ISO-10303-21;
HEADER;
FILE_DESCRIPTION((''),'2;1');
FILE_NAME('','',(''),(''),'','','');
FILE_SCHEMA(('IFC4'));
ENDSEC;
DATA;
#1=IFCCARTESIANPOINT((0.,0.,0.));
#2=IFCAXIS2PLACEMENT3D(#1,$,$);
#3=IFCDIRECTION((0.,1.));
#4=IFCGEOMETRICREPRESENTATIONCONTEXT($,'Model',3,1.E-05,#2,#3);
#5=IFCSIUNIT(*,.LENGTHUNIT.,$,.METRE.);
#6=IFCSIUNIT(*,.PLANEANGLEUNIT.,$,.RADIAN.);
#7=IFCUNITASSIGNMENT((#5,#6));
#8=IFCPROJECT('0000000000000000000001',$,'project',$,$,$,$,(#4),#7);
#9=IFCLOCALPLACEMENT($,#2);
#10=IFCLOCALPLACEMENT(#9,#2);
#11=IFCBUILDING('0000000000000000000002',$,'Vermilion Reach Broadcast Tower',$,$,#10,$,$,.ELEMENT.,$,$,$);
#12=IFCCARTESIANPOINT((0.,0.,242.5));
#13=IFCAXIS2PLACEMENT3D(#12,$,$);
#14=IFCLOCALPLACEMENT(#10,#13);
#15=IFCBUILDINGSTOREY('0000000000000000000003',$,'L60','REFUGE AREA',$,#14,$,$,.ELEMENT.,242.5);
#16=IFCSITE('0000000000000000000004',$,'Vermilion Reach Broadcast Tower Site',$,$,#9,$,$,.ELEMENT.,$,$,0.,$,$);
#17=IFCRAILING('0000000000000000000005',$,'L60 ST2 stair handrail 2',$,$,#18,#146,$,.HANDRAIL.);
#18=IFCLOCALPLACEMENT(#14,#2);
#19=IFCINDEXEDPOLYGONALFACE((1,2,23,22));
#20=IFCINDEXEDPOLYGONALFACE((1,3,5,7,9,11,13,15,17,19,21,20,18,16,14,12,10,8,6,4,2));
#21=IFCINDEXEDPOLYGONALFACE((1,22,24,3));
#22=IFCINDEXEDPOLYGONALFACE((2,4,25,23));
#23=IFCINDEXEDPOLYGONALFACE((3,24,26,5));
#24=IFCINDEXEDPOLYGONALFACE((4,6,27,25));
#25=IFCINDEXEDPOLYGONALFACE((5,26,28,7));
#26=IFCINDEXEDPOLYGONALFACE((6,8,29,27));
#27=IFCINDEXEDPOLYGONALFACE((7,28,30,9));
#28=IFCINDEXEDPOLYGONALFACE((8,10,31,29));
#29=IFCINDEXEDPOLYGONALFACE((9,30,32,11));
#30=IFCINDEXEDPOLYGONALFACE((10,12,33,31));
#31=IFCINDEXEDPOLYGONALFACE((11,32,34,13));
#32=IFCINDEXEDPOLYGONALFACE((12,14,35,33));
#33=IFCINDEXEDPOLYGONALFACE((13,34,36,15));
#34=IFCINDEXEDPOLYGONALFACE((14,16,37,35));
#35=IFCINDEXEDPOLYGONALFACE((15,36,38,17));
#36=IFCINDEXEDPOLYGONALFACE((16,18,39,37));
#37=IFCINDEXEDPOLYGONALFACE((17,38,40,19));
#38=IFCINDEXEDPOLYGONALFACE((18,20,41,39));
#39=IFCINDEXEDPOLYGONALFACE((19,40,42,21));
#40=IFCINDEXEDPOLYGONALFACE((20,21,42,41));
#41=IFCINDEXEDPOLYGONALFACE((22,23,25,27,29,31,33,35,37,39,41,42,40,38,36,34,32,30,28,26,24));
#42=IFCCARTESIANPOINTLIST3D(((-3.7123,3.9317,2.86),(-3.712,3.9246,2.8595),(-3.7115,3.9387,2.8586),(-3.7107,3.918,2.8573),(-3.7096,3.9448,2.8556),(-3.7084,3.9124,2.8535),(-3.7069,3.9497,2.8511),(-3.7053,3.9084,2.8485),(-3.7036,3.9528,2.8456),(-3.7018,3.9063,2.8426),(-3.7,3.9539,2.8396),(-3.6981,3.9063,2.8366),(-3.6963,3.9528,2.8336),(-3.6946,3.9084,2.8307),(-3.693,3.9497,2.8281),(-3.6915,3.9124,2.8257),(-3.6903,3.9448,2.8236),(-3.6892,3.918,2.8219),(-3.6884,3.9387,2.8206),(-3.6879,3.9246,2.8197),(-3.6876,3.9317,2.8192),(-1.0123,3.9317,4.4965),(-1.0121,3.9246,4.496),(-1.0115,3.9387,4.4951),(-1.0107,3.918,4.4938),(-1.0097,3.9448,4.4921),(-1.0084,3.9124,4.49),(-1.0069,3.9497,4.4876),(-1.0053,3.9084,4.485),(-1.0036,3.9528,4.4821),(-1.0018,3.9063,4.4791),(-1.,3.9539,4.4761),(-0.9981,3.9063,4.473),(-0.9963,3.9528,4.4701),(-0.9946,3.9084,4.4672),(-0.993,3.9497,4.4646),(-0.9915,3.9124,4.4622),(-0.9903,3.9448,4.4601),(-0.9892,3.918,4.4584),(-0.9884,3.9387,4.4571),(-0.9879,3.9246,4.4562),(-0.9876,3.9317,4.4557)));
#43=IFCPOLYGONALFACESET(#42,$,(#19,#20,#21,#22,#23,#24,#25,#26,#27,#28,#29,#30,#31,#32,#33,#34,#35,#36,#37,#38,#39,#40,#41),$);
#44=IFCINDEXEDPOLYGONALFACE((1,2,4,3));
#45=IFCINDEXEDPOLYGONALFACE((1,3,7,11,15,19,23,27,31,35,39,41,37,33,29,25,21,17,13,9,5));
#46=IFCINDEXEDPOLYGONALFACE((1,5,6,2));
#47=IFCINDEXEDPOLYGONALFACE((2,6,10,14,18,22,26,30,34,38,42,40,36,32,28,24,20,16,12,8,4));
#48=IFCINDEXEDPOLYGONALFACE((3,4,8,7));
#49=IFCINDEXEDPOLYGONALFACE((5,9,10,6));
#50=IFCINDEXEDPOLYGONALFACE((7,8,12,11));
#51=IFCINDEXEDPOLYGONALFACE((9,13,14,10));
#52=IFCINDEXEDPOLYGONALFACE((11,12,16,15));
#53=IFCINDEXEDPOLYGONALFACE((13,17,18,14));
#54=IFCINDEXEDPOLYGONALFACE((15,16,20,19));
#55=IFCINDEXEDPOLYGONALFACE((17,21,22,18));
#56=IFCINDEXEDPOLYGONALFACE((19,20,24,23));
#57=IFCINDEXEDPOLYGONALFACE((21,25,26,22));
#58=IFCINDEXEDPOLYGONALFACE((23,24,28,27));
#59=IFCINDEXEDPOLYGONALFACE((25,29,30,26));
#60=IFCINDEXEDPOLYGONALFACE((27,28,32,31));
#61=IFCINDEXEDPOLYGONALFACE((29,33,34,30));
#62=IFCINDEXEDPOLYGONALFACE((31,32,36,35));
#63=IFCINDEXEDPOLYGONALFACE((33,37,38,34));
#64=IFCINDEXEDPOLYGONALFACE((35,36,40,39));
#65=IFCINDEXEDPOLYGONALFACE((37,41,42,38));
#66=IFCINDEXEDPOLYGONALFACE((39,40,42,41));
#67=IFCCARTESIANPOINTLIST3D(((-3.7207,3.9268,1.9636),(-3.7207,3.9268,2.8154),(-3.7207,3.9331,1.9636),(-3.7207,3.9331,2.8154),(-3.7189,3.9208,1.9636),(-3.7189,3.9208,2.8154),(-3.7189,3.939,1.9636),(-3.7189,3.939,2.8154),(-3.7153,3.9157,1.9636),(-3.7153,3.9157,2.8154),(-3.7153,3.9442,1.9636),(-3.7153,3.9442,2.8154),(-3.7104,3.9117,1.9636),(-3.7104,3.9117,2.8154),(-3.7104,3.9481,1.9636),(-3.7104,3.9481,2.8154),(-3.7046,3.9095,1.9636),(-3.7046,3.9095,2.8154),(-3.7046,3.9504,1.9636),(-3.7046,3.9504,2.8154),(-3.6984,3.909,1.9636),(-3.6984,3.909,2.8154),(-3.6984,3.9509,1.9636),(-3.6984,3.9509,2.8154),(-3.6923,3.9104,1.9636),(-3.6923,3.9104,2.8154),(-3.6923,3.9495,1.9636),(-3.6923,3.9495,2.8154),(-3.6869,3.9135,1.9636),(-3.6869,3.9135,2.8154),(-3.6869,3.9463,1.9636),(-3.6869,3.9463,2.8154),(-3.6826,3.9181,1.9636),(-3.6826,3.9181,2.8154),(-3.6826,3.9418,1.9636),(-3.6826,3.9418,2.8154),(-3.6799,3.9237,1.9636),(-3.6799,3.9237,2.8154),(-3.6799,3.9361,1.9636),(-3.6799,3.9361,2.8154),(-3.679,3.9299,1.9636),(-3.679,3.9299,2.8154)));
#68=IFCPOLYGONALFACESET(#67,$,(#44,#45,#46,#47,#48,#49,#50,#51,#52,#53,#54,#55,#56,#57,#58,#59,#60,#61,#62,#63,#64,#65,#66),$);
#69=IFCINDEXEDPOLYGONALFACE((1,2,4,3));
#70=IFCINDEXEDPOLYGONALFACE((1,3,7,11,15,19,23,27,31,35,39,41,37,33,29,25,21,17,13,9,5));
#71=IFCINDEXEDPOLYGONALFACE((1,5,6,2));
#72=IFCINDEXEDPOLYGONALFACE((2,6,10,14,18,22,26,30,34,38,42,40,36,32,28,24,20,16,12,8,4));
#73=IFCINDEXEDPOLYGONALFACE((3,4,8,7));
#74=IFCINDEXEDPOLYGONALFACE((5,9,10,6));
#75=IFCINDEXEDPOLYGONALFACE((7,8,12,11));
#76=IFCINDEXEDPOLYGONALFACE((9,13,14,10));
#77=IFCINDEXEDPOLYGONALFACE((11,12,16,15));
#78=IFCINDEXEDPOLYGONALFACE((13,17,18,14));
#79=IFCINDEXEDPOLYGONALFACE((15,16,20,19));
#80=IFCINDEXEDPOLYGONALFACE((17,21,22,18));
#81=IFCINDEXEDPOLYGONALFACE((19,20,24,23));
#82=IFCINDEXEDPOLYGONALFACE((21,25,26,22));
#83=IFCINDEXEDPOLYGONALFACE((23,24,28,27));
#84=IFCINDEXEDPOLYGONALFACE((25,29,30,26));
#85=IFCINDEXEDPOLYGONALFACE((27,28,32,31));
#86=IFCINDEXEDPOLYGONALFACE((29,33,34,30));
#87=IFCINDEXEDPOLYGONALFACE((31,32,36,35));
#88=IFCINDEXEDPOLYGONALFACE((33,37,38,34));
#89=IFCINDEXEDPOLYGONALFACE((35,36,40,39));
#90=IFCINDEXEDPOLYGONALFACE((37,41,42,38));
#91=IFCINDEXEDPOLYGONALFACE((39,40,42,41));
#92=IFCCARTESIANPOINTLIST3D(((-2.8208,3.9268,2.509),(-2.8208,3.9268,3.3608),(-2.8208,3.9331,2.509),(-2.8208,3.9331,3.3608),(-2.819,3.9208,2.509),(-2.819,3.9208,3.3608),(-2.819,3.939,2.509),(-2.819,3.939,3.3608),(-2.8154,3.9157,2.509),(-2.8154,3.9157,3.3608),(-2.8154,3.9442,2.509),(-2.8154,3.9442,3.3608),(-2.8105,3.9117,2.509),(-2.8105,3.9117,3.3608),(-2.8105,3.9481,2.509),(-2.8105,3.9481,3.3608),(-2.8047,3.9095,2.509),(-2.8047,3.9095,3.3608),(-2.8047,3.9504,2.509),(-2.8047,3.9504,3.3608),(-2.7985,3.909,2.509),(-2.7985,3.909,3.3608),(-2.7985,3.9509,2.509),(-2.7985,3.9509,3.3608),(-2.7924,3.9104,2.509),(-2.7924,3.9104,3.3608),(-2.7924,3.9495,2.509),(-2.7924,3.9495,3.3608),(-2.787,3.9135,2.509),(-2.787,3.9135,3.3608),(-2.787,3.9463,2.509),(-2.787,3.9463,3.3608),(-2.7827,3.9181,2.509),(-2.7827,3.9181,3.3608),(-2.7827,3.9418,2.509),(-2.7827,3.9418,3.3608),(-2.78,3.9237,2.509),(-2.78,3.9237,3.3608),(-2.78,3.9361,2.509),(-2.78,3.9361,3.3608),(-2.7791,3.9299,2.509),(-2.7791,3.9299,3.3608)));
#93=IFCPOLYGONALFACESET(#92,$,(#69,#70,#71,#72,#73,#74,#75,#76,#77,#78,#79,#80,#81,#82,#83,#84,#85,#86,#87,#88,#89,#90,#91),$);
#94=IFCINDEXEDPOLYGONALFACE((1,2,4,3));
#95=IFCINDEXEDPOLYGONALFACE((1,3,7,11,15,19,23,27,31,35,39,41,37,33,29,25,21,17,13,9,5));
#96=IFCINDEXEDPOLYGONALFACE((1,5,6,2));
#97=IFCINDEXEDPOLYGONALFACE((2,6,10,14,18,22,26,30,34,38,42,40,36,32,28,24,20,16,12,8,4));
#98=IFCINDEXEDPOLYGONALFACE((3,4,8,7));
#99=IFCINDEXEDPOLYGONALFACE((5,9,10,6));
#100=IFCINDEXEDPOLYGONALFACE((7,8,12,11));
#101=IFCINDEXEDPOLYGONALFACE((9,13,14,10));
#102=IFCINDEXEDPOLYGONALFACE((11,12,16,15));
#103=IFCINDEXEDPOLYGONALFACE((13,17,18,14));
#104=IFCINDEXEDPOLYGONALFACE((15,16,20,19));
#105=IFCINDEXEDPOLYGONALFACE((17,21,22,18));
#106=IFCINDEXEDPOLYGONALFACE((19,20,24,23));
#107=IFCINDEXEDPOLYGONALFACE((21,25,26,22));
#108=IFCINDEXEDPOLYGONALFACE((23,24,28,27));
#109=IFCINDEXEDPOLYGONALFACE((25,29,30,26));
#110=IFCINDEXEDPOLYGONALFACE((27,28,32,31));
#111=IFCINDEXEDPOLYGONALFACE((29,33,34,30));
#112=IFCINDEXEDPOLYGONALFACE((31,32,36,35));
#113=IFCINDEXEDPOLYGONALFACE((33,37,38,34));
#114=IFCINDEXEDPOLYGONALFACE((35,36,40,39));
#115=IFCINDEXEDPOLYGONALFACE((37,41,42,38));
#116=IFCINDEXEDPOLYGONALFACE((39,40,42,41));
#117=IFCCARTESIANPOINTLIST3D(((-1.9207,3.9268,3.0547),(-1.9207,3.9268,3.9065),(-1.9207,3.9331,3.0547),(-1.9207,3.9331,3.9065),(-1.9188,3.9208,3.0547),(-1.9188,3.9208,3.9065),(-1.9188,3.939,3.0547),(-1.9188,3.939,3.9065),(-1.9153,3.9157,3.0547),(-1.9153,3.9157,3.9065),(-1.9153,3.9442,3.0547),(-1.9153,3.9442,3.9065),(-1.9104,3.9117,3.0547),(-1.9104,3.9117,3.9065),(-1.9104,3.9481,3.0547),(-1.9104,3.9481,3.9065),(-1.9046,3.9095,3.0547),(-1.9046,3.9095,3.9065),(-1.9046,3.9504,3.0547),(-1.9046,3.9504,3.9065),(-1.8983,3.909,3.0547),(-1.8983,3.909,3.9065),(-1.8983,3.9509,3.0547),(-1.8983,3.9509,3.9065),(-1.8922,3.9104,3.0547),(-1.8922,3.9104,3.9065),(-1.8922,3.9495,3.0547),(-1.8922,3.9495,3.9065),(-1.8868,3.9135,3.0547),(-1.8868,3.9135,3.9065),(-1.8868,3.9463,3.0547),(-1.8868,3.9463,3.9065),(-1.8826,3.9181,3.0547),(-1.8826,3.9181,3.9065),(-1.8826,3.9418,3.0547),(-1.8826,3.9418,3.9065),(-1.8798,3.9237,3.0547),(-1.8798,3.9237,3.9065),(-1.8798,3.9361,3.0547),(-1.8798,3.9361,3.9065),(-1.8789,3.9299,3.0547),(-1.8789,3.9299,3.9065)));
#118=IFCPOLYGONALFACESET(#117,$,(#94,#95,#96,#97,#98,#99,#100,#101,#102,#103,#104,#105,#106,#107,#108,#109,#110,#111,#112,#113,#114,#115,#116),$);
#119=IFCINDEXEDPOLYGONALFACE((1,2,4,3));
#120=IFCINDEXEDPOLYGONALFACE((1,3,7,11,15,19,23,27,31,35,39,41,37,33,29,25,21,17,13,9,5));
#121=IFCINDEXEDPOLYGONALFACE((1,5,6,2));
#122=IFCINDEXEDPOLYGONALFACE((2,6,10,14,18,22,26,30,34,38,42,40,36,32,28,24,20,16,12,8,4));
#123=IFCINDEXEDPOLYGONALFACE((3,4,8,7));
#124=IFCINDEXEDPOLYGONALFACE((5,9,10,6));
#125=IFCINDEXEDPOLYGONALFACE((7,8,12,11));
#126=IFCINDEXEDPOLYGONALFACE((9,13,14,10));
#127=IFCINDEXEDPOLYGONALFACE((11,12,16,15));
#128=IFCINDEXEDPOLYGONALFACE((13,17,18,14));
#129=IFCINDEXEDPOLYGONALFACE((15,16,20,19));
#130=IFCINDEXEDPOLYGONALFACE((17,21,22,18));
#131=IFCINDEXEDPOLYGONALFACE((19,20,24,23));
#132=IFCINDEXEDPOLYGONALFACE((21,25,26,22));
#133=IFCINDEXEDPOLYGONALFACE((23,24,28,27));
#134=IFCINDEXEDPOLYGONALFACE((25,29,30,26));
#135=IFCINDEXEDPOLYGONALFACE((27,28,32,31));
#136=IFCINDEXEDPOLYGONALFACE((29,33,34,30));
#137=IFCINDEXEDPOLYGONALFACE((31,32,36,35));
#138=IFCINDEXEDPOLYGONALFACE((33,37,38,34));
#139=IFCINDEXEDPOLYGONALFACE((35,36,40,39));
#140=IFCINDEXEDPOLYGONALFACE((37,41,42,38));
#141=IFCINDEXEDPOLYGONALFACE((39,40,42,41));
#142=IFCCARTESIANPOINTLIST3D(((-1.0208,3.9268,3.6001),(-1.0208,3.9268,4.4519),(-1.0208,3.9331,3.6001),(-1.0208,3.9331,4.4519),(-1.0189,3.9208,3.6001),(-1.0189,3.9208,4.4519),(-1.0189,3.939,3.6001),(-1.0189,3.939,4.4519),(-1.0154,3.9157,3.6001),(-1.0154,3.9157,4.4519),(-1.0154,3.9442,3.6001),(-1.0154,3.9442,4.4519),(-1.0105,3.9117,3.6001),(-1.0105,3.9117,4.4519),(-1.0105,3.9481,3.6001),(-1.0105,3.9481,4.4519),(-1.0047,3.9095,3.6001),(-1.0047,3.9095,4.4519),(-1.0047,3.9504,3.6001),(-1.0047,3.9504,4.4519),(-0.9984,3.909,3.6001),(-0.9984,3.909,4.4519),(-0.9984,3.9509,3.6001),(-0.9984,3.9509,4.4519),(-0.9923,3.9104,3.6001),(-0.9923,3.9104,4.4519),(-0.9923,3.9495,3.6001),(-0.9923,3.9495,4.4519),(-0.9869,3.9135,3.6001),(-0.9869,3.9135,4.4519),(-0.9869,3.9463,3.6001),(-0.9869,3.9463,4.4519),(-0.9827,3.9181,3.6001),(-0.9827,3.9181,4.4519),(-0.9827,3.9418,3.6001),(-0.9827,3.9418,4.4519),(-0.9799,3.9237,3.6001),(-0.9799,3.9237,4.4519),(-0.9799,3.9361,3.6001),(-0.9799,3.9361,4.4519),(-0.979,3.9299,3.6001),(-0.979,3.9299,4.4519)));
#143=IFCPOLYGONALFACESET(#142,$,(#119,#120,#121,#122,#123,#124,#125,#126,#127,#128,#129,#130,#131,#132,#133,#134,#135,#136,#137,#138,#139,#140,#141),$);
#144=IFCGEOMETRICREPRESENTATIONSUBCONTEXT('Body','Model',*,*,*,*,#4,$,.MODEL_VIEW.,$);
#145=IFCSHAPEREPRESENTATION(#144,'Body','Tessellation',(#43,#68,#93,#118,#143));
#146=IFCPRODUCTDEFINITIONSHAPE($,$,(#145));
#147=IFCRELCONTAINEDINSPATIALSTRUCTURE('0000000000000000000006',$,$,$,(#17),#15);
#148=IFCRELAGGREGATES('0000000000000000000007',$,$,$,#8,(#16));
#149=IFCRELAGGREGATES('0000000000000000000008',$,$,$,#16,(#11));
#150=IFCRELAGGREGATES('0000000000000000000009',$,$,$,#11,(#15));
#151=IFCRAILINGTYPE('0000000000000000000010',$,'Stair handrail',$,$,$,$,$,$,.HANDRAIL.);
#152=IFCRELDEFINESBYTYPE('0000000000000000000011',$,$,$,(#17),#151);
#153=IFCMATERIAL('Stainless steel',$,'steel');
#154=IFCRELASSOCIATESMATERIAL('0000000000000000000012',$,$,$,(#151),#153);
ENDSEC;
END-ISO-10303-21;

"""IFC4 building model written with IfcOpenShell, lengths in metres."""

from ifc_helpers import new_model, si_unit, direction, frame, origin, origin_2d, place, context, subcontext, project, spatial, circle, extrude, material, type_object, element, save


model = new_model("IFC4")

# Units and contexts
model_context = context("Model", 3, precision=1e-05, world=origin(), true_north=direction((0.0, 1.0)))
body_context = subcontext(model_context, "Body", "Model", "MODEL_VIEW")
ifc_project = project(units=[si_unit("LENGTHUNIT", "METRE"), si_unit("PLANEANGLEUNIT", "RADIAN")], contexts=[model_context])

# Site, building, storey
site_placement = place(None, origin())
site = spatial("IfcSite", under=ifc_project, at=site_placement, Name="Vermilion Reach Broadcast Tower Site", CompositionType="ELEMENT", RefElevation=0.0)
building_placement = place(site_placement, origin())
building = spatial("IfcBuilding", under=site, at=building_placement, Name="Vermilion Reach Broadcast Tower", CompositionType="ELEMENT")
storey_placement = place(building_placement, frame((0.0, 0.0, 242.5)))
storey = spatial("IfcBuildingStorey", under=building, at=storey_placement, Name="L60", Description="REFUGE AREA", CompositionType="ELEMENT", Elevation=242.5)

# Railing
ifc_material_1 = material(Name="Stainless steel", Category="steel")
railing_type_1 = type_object("IfcRailingType", Name="Stair handrail", PredefinedType="HANDRAIL", material=ifc_material_1)
railing_1_placement = place(storey_placement, frame((-3.7, 3.9299, 1.9636)))
element("IfcRailing", 1, at=railing_1_placement, inside=storey, type_object=railing_type_1, Name="L60 ST2 stair handrail 2", PredefinedType="HANDRAIL", context=body_context, shape_type="SweptSolid", body=[
    extrude(circle(Radius=0.0239, at=origin_2d()), frame((0.0, 0.0, 0.876), z_axis=(0.855178, 0.0, 0.518334), x_axis=(0.0, 1.0, 0.0)), (0.0, 0.0, 1.0), 3.1572),
    extrude(circle(Radius=0.021, at=origin_2d()), origin(), (0.0, 0.0, 1.0), 0.8518),
    extrude(circle(Radius=0.021, at=origin_2d()), frame((0.8999, 0.0, 0.5454)), (0.0, 0.0, 1.0), 0.8518),
    extrude(circle(Radius=0.021, at=origin_2d()), frame((1.8, 0.0, 1.0911)), (0.0, 0.0, 1.0), 0.8518),
    extrude(circle(Radius=0.021, at=origin_2d()), frame((2.7, 0.0, 1.6365)), (0.0, 0.0, 1.0), 0.8518),
])

save(model, "model.ifc")
